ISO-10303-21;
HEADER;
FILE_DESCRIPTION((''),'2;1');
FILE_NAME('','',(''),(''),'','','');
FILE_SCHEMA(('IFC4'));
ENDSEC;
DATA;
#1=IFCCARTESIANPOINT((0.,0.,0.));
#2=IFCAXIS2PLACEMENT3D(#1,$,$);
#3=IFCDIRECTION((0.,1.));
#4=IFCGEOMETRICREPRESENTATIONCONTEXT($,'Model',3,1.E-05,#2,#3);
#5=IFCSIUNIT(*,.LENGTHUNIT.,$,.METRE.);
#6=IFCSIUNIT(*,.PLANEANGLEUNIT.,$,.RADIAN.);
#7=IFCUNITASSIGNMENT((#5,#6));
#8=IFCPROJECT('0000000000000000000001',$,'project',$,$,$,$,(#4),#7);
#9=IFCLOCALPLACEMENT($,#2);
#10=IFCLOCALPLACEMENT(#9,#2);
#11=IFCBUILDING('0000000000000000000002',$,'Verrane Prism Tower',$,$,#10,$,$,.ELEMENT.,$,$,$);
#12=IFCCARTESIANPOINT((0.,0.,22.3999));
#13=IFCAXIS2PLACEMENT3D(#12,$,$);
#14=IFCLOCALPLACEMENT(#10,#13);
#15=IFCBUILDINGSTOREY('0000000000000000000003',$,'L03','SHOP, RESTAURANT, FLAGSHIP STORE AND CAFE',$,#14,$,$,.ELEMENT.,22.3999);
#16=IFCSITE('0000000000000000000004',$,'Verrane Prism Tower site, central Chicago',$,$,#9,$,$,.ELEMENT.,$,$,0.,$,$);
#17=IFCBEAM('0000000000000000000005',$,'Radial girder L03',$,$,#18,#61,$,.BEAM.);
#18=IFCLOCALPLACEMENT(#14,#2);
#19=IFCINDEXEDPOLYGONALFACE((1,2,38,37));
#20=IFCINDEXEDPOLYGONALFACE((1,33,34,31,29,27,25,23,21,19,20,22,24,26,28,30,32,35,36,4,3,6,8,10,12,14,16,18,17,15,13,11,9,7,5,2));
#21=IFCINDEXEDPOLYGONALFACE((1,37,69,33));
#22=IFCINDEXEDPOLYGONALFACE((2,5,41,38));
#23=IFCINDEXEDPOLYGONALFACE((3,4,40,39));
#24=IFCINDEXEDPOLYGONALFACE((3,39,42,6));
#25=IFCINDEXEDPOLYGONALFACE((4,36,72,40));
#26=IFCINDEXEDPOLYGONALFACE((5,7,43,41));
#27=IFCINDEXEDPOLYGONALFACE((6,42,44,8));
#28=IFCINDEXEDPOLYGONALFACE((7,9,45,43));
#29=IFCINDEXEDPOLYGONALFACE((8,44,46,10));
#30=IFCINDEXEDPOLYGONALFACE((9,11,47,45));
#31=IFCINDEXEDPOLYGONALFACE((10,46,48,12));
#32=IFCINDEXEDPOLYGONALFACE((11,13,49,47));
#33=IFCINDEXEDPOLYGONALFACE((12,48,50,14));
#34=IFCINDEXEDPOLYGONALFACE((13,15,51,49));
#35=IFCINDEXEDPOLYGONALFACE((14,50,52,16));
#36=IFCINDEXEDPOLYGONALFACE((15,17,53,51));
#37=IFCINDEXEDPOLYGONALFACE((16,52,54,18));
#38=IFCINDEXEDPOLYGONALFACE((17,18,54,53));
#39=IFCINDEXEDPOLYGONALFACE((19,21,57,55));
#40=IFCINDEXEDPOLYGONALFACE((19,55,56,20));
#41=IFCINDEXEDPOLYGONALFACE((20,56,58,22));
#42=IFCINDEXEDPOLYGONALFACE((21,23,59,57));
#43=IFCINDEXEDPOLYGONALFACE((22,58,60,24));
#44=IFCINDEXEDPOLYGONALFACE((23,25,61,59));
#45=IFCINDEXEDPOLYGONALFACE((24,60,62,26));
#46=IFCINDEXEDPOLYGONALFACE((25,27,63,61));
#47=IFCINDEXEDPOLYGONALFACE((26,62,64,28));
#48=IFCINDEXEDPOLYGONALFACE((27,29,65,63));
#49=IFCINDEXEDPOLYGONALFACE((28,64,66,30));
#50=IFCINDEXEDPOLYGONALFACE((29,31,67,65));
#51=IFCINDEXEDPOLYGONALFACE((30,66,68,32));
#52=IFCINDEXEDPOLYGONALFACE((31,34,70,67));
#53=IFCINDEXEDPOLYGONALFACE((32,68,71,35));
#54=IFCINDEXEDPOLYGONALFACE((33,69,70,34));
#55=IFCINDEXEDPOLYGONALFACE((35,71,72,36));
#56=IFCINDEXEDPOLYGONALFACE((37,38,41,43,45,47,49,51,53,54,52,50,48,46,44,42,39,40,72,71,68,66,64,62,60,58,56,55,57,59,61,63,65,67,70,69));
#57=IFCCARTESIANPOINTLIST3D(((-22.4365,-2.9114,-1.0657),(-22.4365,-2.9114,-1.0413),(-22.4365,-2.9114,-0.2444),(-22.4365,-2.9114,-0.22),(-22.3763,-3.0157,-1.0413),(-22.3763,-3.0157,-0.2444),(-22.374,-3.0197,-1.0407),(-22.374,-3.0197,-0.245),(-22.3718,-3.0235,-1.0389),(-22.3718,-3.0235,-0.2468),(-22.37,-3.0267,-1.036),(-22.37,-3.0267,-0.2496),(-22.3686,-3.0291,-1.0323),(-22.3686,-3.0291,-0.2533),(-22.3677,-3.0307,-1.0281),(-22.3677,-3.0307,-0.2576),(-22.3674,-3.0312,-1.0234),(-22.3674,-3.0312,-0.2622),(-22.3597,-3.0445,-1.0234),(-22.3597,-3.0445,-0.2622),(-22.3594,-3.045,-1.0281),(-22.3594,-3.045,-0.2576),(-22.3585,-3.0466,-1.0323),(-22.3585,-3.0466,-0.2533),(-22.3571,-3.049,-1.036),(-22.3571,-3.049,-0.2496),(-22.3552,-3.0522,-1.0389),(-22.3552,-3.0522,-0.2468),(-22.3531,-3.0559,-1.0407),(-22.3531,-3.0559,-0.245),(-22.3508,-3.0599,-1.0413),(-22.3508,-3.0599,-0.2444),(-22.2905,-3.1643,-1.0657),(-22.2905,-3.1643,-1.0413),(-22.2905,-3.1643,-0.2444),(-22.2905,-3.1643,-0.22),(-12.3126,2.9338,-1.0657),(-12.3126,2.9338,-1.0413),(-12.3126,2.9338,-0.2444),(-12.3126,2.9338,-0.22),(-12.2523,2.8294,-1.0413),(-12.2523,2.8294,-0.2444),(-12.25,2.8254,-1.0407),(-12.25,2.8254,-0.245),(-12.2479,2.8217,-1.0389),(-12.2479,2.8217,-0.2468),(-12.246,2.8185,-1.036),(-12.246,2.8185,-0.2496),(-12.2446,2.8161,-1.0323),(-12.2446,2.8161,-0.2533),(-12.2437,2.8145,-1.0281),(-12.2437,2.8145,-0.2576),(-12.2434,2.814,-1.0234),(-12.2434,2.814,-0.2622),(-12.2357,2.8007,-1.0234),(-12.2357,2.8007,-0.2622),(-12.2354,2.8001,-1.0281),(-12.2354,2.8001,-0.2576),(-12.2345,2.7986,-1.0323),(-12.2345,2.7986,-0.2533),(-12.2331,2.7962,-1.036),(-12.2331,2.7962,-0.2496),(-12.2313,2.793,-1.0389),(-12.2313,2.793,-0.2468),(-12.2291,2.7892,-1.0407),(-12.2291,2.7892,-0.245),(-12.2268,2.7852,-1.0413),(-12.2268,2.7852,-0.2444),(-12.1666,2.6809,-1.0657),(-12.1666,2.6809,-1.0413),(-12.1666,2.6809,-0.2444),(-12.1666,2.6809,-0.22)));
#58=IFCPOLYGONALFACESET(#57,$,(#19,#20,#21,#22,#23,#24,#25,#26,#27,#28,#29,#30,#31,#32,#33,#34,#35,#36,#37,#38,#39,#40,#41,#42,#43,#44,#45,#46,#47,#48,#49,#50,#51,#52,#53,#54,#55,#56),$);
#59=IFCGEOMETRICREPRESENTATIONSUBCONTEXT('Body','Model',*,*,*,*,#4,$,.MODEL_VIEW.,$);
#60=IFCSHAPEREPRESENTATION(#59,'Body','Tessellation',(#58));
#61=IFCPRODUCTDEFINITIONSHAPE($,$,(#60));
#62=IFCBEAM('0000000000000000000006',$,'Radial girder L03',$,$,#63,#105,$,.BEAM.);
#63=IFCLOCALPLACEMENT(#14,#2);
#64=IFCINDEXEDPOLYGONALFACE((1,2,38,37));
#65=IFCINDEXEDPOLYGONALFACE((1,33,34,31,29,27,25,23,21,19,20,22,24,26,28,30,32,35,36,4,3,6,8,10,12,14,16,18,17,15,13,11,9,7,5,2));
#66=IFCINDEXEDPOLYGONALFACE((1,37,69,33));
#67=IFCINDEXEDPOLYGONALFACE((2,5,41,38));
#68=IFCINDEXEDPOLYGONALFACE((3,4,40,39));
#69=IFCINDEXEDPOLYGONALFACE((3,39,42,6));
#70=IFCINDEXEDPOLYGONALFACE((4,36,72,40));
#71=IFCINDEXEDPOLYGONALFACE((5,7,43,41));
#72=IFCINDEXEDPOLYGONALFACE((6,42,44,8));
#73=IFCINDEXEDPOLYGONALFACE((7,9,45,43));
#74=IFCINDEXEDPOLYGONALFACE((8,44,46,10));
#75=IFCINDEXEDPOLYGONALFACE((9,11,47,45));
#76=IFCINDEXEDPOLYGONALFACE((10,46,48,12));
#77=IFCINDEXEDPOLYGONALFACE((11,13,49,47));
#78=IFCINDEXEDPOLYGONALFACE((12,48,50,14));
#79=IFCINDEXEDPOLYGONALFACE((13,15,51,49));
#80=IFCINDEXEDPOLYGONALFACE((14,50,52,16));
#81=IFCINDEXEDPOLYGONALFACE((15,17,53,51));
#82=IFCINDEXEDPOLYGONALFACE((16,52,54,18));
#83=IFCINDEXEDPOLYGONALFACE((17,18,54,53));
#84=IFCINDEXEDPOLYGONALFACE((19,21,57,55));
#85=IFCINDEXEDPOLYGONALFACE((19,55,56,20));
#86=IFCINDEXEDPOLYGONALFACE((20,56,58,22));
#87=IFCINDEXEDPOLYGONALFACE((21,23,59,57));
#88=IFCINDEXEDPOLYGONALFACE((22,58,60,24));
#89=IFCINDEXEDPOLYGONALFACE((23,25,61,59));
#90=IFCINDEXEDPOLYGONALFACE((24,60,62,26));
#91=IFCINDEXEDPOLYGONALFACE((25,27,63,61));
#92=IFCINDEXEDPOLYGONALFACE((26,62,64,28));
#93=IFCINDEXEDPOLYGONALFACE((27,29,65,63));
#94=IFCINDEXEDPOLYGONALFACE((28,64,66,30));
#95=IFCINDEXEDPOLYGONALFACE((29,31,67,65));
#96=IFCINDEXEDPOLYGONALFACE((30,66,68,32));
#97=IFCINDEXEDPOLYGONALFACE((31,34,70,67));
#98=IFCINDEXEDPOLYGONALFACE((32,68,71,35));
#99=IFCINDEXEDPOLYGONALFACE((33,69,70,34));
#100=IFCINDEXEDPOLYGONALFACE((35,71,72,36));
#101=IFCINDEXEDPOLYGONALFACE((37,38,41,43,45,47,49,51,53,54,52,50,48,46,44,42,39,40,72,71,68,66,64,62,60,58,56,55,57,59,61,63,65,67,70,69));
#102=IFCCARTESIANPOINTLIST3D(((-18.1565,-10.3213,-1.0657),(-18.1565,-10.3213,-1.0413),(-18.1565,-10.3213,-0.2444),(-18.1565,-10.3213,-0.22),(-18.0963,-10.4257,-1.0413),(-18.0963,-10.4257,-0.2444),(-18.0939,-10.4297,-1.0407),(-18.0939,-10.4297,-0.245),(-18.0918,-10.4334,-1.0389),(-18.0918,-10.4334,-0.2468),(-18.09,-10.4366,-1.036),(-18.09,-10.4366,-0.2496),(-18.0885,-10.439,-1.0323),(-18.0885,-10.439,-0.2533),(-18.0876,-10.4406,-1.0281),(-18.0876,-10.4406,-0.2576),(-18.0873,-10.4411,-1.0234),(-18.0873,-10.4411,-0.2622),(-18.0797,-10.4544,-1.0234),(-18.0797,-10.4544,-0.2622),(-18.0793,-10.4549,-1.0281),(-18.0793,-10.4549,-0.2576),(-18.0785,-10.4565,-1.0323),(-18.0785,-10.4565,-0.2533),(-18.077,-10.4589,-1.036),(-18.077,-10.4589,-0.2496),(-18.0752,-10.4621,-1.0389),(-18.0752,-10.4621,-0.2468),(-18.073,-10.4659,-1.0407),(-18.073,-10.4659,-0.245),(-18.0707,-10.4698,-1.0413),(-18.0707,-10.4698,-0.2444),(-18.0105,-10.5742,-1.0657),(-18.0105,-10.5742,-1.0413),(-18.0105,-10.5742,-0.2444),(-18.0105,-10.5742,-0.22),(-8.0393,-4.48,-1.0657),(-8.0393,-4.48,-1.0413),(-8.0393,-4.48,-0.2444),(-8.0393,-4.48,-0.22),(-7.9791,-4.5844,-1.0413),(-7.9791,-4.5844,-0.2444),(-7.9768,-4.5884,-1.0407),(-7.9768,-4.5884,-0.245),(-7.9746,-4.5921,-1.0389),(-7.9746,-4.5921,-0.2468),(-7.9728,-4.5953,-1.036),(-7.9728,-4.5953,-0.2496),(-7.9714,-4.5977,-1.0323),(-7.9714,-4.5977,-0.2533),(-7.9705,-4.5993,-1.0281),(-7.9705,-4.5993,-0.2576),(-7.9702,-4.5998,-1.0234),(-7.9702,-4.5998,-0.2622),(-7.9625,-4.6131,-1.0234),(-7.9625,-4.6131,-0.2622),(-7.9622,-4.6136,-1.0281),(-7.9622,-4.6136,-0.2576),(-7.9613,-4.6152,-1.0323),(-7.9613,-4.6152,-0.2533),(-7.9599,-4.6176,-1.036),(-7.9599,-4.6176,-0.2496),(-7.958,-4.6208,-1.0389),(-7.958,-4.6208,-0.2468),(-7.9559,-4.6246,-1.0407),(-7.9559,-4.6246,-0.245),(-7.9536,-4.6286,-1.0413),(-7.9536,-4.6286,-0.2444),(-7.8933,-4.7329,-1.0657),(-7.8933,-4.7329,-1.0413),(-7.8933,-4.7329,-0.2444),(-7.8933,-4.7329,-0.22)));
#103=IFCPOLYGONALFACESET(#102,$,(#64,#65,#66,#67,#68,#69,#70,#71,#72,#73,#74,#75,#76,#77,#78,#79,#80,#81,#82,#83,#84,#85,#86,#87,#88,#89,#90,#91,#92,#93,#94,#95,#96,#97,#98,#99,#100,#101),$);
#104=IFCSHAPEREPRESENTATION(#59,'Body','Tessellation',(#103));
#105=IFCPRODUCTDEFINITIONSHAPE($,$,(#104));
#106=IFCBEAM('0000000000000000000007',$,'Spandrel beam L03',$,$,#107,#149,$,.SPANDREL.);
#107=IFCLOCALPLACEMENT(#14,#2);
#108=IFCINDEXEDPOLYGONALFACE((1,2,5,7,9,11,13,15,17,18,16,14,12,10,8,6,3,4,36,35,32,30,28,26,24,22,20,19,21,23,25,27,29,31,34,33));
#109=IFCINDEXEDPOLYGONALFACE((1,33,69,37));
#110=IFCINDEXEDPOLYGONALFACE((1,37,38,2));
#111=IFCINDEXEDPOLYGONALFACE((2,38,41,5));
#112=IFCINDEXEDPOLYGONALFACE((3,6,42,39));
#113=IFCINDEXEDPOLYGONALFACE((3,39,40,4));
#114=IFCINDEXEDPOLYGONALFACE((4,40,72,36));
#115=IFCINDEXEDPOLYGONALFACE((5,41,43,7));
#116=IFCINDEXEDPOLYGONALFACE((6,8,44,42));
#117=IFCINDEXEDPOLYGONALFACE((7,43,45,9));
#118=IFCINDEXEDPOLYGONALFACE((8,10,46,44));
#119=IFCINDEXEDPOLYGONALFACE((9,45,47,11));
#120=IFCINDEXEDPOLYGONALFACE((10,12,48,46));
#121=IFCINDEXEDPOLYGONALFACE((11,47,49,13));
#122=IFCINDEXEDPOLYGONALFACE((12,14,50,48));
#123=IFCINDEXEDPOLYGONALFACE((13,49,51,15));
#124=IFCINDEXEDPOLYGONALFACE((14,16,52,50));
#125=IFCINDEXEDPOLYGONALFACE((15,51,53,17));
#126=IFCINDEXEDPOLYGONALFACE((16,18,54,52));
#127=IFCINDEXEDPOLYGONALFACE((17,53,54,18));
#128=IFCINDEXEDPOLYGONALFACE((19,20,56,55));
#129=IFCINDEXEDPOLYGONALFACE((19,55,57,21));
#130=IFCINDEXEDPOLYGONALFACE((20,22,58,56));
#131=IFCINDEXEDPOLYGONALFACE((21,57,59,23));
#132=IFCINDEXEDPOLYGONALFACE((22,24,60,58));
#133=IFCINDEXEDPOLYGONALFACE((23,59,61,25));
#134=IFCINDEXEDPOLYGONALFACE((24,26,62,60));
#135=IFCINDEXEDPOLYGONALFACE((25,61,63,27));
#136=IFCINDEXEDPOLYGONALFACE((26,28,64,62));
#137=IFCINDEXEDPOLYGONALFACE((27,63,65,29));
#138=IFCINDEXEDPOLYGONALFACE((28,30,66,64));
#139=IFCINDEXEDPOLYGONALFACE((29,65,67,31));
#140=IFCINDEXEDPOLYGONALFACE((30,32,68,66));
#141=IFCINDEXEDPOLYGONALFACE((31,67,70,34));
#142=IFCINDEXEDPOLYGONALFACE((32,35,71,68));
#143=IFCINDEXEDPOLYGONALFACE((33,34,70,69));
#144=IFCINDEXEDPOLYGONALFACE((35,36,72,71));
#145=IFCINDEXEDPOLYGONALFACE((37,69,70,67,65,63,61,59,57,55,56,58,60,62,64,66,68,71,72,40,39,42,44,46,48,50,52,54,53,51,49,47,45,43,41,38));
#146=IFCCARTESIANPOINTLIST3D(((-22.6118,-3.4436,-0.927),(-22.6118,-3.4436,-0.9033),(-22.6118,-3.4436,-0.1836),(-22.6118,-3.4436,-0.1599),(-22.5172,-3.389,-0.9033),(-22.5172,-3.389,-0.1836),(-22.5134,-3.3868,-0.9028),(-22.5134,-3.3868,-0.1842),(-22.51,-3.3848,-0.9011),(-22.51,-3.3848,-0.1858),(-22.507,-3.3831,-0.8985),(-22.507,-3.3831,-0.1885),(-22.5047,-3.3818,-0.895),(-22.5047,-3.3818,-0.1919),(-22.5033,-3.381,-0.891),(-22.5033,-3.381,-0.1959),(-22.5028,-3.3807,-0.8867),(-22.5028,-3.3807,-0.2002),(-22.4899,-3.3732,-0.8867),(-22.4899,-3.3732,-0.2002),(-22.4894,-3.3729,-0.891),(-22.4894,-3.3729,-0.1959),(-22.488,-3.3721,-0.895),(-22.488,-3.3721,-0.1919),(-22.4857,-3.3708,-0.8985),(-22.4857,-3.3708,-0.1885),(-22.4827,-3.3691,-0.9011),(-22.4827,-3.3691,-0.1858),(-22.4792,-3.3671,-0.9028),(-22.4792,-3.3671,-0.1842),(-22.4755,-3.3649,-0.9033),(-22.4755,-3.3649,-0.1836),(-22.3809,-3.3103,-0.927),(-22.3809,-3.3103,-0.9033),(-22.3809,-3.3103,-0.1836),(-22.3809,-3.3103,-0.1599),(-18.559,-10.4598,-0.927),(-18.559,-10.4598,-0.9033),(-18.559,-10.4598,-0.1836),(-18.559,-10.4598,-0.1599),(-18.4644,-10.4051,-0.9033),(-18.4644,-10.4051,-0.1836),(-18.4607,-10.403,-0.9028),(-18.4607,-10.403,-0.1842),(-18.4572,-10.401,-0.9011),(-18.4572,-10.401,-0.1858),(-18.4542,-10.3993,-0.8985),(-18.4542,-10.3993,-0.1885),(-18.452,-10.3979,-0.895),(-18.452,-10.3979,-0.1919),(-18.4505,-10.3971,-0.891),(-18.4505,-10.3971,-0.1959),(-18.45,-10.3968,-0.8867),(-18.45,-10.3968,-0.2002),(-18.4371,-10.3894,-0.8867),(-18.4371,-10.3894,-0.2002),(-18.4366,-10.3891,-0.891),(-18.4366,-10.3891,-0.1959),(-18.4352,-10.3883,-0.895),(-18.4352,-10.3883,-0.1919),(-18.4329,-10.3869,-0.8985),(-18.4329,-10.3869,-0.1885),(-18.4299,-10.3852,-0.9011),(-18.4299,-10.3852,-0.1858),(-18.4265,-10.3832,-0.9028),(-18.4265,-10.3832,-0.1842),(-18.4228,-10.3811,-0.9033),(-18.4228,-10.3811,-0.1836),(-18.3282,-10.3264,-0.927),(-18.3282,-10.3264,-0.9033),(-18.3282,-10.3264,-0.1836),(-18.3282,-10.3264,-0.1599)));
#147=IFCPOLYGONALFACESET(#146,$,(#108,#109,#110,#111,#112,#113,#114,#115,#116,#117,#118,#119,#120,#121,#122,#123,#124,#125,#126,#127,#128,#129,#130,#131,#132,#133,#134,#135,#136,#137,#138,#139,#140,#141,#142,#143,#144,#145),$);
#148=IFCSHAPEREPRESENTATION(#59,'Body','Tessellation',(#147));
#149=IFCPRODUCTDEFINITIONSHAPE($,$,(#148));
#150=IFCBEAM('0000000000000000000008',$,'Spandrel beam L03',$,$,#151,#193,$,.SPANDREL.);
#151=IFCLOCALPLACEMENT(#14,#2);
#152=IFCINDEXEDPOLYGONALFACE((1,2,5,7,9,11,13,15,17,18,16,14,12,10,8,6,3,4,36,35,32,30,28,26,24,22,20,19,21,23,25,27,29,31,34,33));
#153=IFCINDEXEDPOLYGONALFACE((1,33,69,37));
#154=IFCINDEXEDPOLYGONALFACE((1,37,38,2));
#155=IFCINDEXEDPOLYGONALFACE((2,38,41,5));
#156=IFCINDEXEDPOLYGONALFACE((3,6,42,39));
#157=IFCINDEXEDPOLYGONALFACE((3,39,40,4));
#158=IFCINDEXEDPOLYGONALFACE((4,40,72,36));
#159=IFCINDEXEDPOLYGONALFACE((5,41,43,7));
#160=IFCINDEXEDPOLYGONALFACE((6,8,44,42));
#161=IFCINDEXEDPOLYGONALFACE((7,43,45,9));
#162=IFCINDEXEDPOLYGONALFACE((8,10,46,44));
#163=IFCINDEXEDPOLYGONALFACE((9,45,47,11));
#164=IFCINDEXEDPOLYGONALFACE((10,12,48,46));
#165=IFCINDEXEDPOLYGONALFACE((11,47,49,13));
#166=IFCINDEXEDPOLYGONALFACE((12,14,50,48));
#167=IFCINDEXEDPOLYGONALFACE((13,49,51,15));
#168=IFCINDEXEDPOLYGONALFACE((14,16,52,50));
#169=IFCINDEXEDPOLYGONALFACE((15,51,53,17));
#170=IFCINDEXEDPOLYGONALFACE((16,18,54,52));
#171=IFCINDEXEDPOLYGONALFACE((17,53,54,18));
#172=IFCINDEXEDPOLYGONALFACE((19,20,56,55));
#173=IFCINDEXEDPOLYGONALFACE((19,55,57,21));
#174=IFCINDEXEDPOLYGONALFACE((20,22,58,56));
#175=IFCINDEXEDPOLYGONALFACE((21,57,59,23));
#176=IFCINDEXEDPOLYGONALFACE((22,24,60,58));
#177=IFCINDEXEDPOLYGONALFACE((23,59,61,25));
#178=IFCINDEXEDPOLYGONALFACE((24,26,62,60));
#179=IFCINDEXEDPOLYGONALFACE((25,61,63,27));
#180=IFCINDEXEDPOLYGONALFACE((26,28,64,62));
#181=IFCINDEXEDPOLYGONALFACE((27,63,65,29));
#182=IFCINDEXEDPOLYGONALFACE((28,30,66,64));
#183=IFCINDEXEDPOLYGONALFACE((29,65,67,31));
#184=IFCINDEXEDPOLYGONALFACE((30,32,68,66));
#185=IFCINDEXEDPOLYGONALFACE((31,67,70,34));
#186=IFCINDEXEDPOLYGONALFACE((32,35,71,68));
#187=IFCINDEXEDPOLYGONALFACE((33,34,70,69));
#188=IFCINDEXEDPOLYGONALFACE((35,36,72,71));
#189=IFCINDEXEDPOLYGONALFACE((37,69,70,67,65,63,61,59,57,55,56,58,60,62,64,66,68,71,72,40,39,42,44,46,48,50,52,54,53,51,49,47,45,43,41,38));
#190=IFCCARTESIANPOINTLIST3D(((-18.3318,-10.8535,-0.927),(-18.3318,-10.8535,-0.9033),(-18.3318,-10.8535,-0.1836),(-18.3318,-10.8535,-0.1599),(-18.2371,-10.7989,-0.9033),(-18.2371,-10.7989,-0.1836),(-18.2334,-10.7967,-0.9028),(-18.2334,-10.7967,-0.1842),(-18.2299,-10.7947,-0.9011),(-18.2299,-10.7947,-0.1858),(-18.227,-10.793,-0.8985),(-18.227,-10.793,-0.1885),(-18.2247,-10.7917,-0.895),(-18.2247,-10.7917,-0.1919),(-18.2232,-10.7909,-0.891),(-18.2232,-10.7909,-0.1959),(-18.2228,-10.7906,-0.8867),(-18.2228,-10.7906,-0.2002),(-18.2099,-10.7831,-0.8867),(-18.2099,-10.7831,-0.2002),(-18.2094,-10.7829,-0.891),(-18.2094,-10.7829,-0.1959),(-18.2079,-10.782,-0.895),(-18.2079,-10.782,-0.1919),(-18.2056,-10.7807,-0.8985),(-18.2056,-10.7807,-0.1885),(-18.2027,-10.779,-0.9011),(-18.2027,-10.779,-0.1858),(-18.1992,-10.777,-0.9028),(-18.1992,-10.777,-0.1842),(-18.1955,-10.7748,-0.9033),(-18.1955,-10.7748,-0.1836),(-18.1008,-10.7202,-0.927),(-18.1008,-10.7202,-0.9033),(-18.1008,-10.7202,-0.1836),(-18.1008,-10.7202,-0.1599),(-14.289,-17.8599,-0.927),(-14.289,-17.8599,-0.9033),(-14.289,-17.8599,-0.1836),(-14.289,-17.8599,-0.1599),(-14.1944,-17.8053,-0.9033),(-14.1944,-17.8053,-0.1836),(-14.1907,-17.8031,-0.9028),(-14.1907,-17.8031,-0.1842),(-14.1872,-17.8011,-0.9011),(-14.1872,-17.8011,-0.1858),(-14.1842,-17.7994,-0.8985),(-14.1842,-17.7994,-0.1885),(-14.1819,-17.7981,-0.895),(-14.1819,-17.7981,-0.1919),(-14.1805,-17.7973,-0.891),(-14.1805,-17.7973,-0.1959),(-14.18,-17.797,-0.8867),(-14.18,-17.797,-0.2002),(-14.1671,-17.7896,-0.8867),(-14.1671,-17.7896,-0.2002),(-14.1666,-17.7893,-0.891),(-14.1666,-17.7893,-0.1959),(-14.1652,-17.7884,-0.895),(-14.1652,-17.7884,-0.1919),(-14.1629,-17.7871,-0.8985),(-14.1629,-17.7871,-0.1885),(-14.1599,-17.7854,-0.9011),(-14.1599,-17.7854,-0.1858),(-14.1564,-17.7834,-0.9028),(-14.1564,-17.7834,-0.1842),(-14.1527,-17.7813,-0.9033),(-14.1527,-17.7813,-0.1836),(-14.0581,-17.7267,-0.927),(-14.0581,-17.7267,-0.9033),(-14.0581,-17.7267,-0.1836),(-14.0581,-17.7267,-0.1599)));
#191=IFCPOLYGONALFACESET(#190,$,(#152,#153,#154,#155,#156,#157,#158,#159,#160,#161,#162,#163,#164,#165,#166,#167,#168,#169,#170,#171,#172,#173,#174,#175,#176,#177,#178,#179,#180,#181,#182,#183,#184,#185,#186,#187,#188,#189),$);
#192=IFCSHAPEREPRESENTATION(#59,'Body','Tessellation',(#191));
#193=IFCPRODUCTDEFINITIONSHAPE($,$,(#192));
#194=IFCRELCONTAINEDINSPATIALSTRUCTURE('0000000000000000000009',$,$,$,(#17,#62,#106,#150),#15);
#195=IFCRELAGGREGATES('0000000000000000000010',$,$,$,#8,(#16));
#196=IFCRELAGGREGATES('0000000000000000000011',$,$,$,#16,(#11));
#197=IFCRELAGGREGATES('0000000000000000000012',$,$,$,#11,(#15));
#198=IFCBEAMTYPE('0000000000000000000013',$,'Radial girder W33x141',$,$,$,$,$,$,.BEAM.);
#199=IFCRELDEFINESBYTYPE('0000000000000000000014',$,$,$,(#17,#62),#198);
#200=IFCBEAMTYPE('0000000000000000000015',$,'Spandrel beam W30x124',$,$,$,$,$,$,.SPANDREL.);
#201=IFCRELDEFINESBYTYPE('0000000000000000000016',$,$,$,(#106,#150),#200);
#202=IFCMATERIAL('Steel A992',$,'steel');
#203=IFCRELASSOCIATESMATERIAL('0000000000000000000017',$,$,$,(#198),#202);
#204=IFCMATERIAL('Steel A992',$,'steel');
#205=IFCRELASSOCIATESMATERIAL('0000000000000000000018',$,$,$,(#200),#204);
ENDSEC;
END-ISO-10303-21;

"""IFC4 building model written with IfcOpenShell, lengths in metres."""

from ifc_helpers import new_model, si_unit, direction, frame, origin, origin_2d, place, context, subcontext, project, spatial, i_section, extrude, material, material_profile, profile_set, type_object, element, save


model = new_model("IFC4")

# Units and contexts
model_context = context("Model", 3, precision=1e-05, world=origin(), true_north=direction((0.0, 1.0)))
body_context = subcontext(model_context, "Body", "Model", "MODEL_VIEW")
ifc_project = project(units=[si_unit("LENGTHUNIT", "METRE"), si_unit("PLANEANGLEUNIT", "RADIAN")], contexts=[model_context])

# Site, building, storey
site_placement = place(None, origin())
site = spatial("IfcSite", under=ifc_project, at=site_placement, Name="Verrane Prism Tower site, central Chicago", CompositionType="ELEMENT", RefElevation=0.0)
building_placement = place(site_placement, origin())
building = spatial("IfcBuilding", under=site, at=building_placement, Name="Verrane Prism Tower", CompositionType="ELEMENT")
storey_placement = place(building_placement, frame((0.0, 0.0, 22.3999)))
storey = spatial("IfcBuildingStorey", under=building, at=storey_placement, Name="L03", Description="SHOP, RESTAURANT, FLAGSHIP STORE AND CAFE", CompositionType="ELEMENT", Elevation=22.3999)

# Beams
ifc_material_1 = material(Name="Steel A992", Category="steel")
ifc_material_profile_1 = material_profile(ifc_material_1, i_section(OverallWidth=0.292, OverallDepth=0.8457, WebThickness=0.0154, FlangeThickness=0.0244, FilletRadius=0.0178, at=origin_2d()), Name="W33x141")
ifc_profile_set_1 = profile_set([ifc_material_profile_1], Name="Steel A992")
beam_type_1 = type_object("IfcBeamType", Name="Radial girder W33x141", PredefinedType="BEAM", material=ifc_profile_set_1)
beam_1_placement = place(storey_placement, frame((-22.3635, -3.0378, -0.6428), z_axis=(0.866021, 0.500007, 0.0), x_axis=(-0.500007, 0.866021, 0.0)))
element("IfcBeam", 1, at=beam_1_placement, inside=storey, type_object=beam_type_1, Name="Radial girder L03", PredefinedType="BEAM", context=body_context, shape_type="SweptSolid", body=[
    extrude(i_section(OverallWidth=0.292, OverallDepth=0.8457, WebThickness=0.0154, FlangeThickness=0.0244, FilletRadius=0.0178, at=origin_2d()), origin(), (0.0, 0.0, 1.0), 11.6902),
])
beam_2_placement = place(storey_placement, frame((-18.0835, -10.4478, -0.6428), z_axis=(0.86602, 0.500009, 0.0), x_axis=(-0.500009, 0.86602, 0.0)))
element("IfcBeam", 2, at=beam_2_placement, inside=storey, type_object=beam_type_1, Name="Radial girder L03", PredefinedType="BEAM", context=body_context, shape_type="SweptSolid", body=[
    extrude(i_section(OverallWidth=0.292, OverallDepth=0.8457, WebThickness=0.0154, FlangeThickness=0.0244, FilletRadius=0.0178, at=origin_2d()), origin(), (0.0, 0.0, 1.0), 11.6824),
])
ifc_material_2 = material(Name="Steel A992", Category="steel")
ifc_material_profile_2 = material_profile(ifc_material_2, i_section(OverallWidth=0.2666, OverallDepth=0.7671, WebThickness=0.0149, FlangeThickness=0.0237, FilletRadius=0.0166, at=origin_2d()), Name="W30x124")
ifc_profile_set_2 = profile_set([ifc_material_profile_2], Name="Steel A992")
beam_type_2 = type_object("IfcBeamType", Name="Spandrel beam W30x124", PredefinedType="SPANDREL", material=ifc_profile_set_2)
beam_3_placement = place(storey_placement, frame((-22.4963, -3.377, -0.5435), z_axis=(0.500183, -0.86592, 0.0), x_axis=(0.86592, 0.500183, 0.0)))
element("IfcBeam", 3, at=beam_3_placement, inside=storey, type_object=beam_type_2, Name="Spandrel beam L03", PredefinedType="SPANDREL", context=body_context, shape_type="SweptSolid", body=[
    extrude(i_section(OverallWidth=0.2666, OverallDepth=0.7671, WebThickness=0.0149, FlangeThickness=0.0237, FilletRadius=0.0166, at=origin_2d()), origin(), (0.0, 0.0, 1.0), 8.1025),
])
beam_4_placement = place(storey_placement, frame((-18.2163, -10.7869, -0.5435), z_axis=(0.499778, -0.866153, 0.0), x_axis=(0.866153, 0.499778, 0.0)))
element("IfcBeam", 4, at=beam_4_placement, inside=storey, type_object=beam_type_2, Name="Spandrel beam L03", PredefinedType="SPANDREL", context=body_context, shape_type="SweptSolid", body=[
    extrude(i_section(OverallWidth=0.2666, OverallDepth=0.7671, WebThickness=0.0149, FlangeThickness=0.0237, FilletRadius=0.0166, at=origin_2d()), origin(), (0.0, 0.0, 1.0), 8.0891),
])

save(model, "model.ifc")
